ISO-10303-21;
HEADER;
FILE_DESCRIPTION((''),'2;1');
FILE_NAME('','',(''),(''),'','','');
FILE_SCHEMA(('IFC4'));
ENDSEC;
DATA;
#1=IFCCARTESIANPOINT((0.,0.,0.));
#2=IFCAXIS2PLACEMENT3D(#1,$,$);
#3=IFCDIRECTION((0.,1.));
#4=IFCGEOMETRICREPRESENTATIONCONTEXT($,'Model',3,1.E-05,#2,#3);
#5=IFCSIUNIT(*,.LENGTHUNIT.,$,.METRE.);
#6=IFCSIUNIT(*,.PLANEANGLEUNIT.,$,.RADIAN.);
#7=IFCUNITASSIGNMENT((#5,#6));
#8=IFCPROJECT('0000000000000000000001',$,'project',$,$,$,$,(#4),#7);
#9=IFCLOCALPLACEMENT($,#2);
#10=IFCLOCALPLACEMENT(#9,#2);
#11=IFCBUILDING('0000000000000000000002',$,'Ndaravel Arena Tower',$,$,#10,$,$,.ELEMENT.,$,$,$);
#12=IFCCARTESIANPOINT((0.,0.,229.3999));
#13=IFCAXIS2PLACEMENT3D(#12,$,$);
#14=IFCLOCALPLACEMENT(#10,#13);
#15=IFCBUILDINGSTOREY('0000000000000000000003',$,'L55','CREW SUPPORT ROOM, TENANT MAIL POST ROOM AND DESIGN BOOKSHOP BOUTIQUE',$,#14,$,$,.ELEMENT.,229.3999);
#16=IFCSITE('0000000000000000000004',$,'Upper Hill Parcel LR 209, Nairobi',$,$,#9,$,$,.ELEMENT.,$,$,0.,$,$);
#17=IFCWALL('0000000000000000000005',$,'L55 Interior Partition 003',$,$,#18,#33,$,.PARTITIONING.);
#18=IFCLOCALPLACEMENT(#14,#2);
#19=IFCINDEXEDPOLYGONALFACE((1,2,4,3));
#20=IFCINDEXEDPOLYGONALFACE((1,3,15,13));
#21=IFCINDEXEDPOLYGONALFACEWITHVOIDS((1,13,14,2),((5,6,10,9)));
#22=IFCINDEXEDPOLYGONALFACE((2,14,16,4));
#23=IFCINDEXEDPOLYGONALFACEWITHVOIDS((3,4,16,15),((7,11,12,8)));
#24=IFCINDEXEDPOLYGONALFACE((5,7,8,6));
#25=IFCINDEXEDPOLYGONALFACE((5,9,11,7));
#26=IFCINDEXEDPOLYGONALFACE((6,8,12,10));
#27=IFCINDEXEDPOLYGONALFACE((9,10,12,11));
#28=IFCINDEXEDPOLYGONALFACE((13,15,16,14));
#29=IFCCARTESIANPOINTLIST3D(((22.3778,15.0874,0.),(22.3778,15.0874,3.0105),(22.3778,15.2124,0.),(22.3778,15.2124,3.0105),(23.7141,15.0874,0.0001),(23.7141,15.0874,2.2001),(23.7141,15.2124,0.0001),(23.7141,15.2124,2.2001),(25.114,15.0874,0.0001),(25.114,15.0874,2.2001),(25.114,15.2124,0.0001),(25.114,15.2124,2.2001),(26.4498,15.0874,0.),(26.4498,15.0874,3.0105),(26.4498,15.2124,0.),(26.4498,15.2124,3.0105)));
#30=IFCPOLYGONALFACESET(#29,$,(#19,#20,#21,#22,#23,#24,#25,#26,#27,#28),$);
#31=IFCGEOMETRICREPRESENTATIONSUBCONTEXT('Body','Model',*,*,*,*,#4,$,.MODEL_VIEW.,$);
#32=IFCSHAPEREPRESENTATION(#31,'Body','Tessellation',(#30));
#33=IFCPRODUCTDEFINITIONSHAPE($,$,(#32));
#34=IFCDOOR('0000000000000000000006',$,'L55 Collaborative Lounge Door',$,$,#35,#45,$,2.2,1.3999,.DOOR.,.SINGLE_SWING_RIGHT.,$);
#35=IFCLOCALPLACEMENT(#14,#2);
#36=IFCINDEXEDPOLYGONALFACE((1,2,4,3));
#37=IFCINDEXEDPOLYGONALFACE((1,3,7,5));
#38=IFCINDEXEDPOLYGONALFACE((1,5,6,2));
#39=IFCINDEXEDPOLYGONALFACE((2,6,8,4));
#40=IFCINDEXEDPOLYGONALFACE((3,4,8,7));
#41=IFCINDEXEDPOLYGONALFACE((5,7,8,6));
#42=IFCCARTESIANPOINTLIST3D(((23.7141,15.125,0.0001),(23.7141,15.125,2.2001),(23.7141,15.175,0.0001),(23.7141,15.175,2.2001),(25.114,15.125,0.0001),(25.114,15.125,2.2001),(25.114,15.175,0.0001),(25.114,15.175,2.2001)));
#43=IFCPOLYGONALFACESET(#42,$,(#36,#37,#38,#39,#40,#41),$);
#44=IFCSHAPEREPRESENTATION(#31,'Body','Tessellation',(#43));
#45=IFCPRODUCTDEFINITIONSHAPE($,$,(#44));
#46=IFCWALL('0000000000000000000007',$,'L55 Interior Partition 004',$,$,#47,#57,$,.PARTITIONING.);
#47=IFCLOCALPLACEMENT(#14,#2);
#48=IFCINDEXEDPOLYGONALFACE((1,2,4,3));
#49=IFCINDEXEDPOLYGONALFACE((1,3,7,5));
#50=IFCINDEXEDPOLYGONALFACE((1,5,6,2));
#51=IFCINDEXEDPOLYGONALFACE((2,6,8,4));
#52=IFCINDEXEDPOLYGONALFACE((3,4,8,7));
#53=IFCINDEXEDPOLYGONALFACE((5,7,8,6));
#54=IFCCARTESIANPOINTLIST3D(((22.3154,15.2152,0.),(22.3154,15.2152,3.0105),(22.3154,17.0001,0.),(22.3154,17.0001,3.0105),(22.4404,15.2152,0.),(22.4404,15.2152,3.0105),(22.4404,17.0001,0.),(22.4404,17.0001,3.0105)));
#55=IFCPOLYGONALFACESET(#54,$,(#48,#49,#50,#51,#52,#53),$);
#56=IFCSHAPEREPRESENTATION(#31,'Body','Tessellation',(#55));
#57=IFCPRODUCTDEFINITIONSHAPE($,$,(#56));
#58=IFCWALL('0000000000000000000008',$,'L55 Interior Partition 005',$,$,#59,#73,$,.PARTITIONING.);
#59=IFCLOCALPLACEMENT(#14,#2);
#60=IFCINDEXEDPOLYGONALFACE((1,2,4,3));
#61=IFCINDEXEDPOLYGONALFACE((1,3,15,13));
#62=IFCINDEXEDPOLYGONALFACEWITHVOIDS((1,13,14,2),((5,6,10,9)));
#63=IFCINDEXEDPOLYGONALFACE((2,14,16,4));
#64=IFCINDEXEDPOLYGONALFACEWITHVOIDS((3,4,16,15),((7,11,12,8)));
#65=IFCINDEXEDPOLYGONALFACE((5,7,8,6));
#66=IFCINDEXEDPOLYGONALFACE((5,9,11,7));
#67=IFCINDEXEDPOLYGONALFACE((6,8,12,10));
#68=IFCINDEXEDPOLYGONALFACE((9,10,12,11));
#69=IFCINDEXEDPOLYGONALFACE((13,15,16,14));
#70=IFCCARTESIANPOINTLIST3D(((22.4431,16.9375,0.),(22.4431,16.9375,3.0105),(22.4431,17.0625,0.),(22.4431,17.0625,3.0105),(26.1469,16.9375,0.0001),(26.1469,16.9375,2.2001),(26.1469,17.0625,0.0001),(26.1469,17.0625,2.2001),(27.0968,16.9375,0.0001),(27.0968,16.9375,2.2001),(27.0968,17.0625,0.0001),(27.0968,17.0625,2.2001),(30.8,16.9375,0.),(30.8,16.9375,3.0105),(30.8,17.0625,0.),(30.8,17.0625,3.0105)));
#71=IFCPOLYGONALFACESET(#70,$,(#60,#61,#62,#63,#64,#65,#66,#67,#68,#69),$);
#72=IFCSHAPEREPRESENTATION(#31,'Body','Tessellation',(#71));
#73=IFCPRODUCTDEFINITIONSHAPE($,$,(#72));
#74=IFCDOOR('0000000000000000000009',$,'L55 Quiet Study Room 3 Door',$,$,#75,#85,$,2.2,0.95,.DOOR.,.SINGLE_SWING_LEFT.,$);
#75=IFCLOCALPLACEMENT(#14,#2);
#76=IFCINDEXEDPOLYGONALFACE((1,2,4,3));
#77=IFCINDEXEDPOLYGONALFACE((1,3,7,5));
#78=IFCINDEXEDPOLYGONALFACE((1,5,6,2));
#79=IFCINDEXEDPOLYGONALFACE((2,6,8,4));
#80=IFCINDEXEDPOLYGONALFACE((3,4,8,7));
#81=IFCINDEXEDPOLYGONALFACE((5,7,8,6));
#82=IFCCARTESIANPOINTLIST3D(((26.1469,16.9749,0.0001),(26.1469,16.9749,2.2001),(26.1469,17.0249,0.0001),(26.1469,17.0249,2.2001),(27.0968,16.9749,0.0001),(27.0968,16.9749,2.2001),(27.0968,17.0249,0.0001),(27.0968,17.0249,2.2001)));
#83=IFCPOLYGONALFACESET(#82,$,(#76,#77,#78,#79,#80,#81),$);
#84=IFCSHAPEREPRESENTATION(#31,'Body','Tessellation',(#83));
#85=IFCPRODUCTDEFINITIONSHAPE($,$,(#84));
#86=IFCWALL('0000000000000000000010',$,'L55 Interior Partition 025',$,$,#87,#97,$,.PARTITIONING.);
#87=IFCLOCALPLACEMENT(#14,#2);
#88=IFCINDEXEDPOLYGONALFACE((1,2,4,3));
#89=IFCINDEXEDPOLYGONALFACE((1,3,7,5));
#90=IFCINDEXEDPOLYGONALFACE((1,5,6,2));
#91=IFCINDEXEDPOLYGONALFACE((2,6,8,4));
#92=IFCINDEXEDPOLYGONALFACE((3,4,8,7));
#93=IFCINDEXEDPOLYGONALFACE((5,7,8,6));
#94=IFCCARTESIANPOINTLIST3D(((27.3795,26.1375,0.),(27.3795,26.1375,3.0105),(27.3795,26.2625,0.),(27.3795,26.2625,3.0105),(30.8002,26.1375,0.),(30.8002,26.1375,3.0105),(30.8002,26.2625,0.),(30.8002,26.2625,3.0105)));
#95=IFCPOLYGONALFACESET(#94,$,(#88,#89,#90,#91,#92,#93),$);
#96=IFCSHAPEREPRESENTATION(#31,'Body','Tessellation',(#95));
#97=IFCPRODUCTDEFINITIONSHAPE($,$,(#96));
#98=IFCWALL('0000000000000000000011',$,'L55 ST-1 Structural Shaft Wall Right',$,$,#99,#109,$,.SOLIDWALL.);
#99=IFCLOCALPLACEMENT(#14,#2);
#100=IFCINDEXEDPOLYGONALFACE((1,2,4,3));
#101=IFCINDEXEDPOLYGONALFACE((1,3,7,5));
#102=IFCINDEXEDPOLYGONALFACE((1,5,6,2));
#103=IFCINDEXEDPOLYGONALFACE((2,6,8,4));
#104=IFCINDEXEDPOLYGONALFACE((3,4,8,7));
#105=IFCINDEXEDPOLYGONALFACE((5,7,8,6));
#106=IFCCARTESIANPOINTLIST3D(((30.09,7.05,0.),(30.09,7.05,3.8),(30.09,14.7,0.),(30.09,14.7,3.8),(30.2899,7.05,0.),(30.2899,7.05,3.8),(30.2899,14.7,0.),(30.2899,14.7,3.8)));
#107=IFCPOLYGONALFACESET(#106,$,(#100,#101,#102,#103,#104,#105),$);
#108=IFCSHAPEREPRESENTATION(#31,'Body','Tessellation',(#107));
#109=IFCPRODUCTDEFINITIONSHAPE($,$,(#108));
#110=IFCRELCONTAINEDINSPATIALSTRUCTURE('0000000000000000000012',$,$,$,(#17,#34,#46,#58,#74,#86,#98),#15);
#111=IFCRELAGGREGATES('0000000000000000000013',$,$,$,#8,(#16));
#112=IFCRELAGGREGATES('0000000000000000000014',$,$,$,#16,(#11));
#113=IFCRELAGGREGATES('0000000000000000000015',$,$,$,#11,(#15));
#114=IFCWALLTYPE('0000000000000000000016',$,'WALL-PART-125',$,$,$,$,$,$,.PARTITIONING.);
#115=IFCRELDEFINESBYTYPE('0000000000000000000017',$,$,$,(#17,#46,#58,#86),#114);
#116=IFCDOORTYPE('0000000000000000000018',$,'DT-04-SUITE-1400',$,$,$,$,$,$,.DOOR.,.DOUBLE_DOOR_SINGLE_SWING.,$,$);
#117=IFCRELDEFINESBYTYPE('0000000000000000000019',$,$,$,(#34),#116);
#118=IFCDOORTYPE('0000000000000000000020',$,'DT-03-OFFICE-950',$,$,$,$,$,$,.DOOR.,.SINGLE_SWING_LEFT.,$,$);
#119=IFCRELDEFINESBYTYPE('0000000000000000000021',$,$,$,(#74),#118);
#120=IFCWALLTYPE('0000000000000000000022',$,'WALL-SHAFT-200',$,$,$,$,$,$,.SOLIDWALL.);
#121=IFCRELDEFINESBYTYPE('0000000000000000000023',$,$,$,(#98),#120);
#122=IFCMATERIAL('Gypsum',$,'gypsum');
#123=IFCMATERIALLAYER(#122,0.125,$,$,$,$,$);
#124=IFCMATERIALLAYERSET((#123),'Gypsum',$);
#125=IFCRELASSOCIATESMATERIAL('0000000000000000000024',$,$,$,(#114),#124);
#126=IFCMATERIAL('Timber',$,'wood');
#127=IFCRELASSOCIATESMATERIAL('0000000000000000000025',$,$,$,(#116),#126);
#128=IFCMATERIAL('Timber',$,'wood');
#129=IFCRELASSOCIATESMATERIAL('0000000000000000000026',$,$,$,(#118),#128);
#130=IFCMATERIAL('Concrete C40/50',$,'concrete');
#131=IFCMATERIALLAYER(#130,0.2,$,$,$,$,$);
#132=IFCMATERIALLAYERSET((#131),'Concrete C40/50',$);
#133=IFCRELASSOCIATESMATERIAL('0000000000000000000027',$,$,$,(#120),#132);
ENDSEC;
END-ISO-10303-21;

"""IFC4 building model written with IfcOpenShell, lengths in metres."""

from ifc_helpers import new_model, si_unit, direction, frame, frame_2d, origin, place, context, subcontext, project, spatial, rectangle, extrude, material, layer, layer_set, type_object, element, fill, save


model = new_model("IFC4")

# Units and contexts
model_context = context("Model", 3, precision=1e-05, world=origin(), true_north=direction((0.0, 1.0)))
body_context = subcontext(model_context, "Body", "Model", "MODEL_VIEW")
ifc_project = project(units=[si_unit("LENGTHUNIT", "METRE"), si_unit("PLANEANGLEUNIT", "RADIAN")], contexts=[model_context])

# Site, building, storey
site_placement = place(None, origin())
site = spatial("IfcSite", under=ifc_project, at=site_placement, Name="Upper Hill Parcel LR 209, Nairobi", CompositionType="ELEMENT", RefElevation=0.0)
building_placement = place(site_placement, origin())
building = spatial("IfcBuilding", under=site, at=building_placement, Name="Ndaravel Arena Tower", CompositionType="ELEMENT")
storey_placement = place(building_placement, frame((0.0, 0.0, 229.3999)))
storey = spatial("IfcBuildingStorey", under=building, at=storey_placement, Name="L55", Description="CREW SUPPORT ROOM, TENANT MAIL POST ROOM AND DESIGN BOOKSHOP BOUTIQUE", CompositionType="ELEMENT", Elevation=229.3999)

# Wall, opening, door
ifc_material_1 = material(Name="Gypsum", Category="gypsum")
ifc_layer_1 = layer(ifc_material_1, 0.125)
ifc_layer_set_1 = layer_set([ifc_layer_1], Name="Gypsum")
wall_type_1 = type_object("IfcWallType", Name="WALL-PART-125", PredefinedType="PARTITIONING", material=ifc_layer_set_1)
wall_1_placement = place(storey_placement, frame((26.45, 15.1499, 0.0), z_axis=(0.0, 0.0, 1.0), x_axis=(-1.0, 0.0, 0.0)))
wall_1 = element("IfcWall", 1, at=wall_1_placement, inside=storey, type_object=wall_type_1, Name="L55 Interior Partition 003", PredefinedType="PARTITIONING", context=body_context, shape_type="SweptSolid", body=[
    extrude(rectangle(XDim=4.072, YDim=0.125, at=frame_2d((2.0361, 0.0))), origin(), (0.0, 0.0, 1.0), 3.0105),
])
opening_1_placement = place(wall_1_placement, frame((1.3359, 0.0, 0.0)))
opening_1 = element("IfcOpeningElement", 2, at=opening_1_placement, cuts=wall_1, PredefinedType="OPENING", context=body_context, shape_type="SweptSolid", body=[
    extrude(rectangle(XDim=1.3999, YDim=2.2, at=frame_2d((0.7, 1.1001))), frame((0.0, 0.0625, 0.0), z_axis=(0.0, -1.0, 0.0), x_axis=(1.0, 0.0, 0.0)), (0.0, 0.0, 1.0), 0.125),
])
ifc_material_2 = material(Name="Timber", Category="wood")
door_type_1 = type_object("IfcDoorType", Name="DT-04-SUITE-1400", OperationType="DOUBLE_DOOR_SINGLE_SWING", PredefinedType="DOOR", material=ifc_material_2)
door_1_placement = place(opening_1_placement, origin())
door_1 = element("IfcDoor", 3, at=door_1_placement, inside=storey, type_object=door_type_1, Name="L55 Collaborative Lounge Door", OperationType="SINGLE_SWING_RIGHT", OverallHeight=2.2, OverallWidth=1.3999, PredefinedType="DOOR", context=body_context, shape_type="SweptSolid", body=[
    extrude(rectangle(XDim=1.3999, YDim=2.2, at=frame_2d((0.7, 1.1001))), frame((0.0, 0.0249, 0.0), z_axis=(0.0, -1.0, 0.0), x_axis=(1.0, 0.0, 0.0)), (0.0, 0.0, 1.0), 0.05),
])
fill(opening_1, door_1)

# Wall
wall_2_placement = place(storey_placement, frame((22.3779, 15.2151, 0.0), z_axis=(0.0, 0.0, 1.0), x_axis=(0.0, 1.0, 0.0)))
element("IfcWall", 4, at=wall_2_placement, inside=storey, type_object=wall_type_1, Name="L55 Interior Partition 004", PredefinedType="PARTITIONING", context=body_context, shape_type="SweptSolid", body=[
    extrude(rectangle(XDim=1.7849, YDim=0.125, at=frame_2d((0.8926, 0.0))), origin(), (0.0, 0.0, 1.0), 3.0105),
])

# Wall, opening, door
wall_3_placement = place(storey_placement, frame((22.4431, 17.0, 0.0), z_axis=(0.0, 0.0, 1.0), x_axis=(1.0, 0.0, 0.0)))
wall_3 = element("IfcWall", 5, at=wall_3_placement, inside=storey, type_object=wall_type_1, Name="L55 Interior Partition 005", PredefinedType="PARTITIONING", context=body_context, shape_type="SweptSolid", body=[
    extrude(rectangle(XDim=8.3569, YDim=0.125, at=frame_2d((4.1785, 0.0))), origin(), (0.0, 0.0, 1.0), 3.0105),
])
opening_2_placement = place(wall_3_placement, frame((3.7036, 0.0, 0.0)))
opening_2 = element("IfcOpeningElement", 6, at=opening_2_placement, cuts=wall_3, PredefinedType="OPENING", context=body_context, shape_type="SweptSolid", body=[
    extrude(rectangle(XDim=0.95, YDim=2.2, at=frame_2d((0.4751, 1.1001))), frame((0.0, 0.0625, 0.0), z_axis=(0.0, -1.0, 0.0), x_axis=(1.0, 0.0, 0.0)), (0.0, 0.0, 1.0), 0.125),
])
ifc_material_3 = material(Name="Timber", Category="wood")
door_type_2 = type_object("IfcDoorType", Name="DT-03-OFFICE-950", OperationType="SINGLE_SWING_LEFT", PredefinedType="DOOR", material=ifc_material_3)
door_2_placement = place(opening_2_placement, origin())
door_2 = element("IfcDoor", 7, at=door_2_placement, inside=storey, type_object=door_type_2, Name="L55 Quiet Study Room 3 Door", OperationType="SINGLE_SWING_LEFT", OverallHeight=2.2, OverallWidth=0.95, PredefinedType="DOOR", context=body_context, shape_type="SweptSolid", body=[
    extrude(rectangle(XDim=0.95, YDim=2.2, at=frame_2d((0.4751, 1.1001))), frame((0.0, 0.0249, 0.0), z_axis=(0.0, -1.0, 0.0), x_axis=(1.0, 0.0, 0.0)), (0.0, 0.0, 1.0), 0.05),
])
fill(opening_2, door_2)

# Walls
wall_4_placement = place(storey_placement, frame((27.3794, 26.2, 0.0), z_axis=(0.0, 0.0, 1.0), x_axis=(1.0, 0.0, 0.0)))
element("IfcWall", 8, at=wall_4_placement, inside=storey, type_object=wall_type_1, Name="L55 Interior Partition 025", PredefinedType="PARTITIONING", context=body_context, shape_type="SweptSolid", body=[
    extrude(rectangle(XDim=3.4207, YDim=0.125, at=frame_2d((1.7104, 0.0))), origin(), (0.0, 0.0, 1.0), 3.0105),
])
ifc_material_4 = material(Name="Concrete C40/50", Category="concrete")
ifc_layer_2 = layer(ifc_material_4, 0.2)
ifc_layer_set_2 = layer_set([ifc_layer_2], Name="Concrete C40/50")
wall_type_2 = type_object("IfcWallType", Name="WALL-SHAFT-200", PredefinedType="SOLIDWALL", material=ifc_layer_set_2)
wall_5_placement = place(storey_placement, frame((30.1899, 14.7, 0.0), z_axis=(0.0, 0.0, 1.0), x_axis=(0.0, -1.0, 0.0)))
element("IfcWall", 9, at=wall_5_placement, inside=storey, type_object=wall_type_2, Name="L55 ST-1 Structural Shaft Wall Right", PredefinedType="SOLIDWALL", context=body_context, shape_type="SweptSolid", body=[
    extrude(rectangle(XDim=7.6499, YDim=0.2, at=frame_2d((3.825, 0.0))), origin(), (0.0, 0.0, 1.0), 3.8),
])

save(model, "model.ifc")
